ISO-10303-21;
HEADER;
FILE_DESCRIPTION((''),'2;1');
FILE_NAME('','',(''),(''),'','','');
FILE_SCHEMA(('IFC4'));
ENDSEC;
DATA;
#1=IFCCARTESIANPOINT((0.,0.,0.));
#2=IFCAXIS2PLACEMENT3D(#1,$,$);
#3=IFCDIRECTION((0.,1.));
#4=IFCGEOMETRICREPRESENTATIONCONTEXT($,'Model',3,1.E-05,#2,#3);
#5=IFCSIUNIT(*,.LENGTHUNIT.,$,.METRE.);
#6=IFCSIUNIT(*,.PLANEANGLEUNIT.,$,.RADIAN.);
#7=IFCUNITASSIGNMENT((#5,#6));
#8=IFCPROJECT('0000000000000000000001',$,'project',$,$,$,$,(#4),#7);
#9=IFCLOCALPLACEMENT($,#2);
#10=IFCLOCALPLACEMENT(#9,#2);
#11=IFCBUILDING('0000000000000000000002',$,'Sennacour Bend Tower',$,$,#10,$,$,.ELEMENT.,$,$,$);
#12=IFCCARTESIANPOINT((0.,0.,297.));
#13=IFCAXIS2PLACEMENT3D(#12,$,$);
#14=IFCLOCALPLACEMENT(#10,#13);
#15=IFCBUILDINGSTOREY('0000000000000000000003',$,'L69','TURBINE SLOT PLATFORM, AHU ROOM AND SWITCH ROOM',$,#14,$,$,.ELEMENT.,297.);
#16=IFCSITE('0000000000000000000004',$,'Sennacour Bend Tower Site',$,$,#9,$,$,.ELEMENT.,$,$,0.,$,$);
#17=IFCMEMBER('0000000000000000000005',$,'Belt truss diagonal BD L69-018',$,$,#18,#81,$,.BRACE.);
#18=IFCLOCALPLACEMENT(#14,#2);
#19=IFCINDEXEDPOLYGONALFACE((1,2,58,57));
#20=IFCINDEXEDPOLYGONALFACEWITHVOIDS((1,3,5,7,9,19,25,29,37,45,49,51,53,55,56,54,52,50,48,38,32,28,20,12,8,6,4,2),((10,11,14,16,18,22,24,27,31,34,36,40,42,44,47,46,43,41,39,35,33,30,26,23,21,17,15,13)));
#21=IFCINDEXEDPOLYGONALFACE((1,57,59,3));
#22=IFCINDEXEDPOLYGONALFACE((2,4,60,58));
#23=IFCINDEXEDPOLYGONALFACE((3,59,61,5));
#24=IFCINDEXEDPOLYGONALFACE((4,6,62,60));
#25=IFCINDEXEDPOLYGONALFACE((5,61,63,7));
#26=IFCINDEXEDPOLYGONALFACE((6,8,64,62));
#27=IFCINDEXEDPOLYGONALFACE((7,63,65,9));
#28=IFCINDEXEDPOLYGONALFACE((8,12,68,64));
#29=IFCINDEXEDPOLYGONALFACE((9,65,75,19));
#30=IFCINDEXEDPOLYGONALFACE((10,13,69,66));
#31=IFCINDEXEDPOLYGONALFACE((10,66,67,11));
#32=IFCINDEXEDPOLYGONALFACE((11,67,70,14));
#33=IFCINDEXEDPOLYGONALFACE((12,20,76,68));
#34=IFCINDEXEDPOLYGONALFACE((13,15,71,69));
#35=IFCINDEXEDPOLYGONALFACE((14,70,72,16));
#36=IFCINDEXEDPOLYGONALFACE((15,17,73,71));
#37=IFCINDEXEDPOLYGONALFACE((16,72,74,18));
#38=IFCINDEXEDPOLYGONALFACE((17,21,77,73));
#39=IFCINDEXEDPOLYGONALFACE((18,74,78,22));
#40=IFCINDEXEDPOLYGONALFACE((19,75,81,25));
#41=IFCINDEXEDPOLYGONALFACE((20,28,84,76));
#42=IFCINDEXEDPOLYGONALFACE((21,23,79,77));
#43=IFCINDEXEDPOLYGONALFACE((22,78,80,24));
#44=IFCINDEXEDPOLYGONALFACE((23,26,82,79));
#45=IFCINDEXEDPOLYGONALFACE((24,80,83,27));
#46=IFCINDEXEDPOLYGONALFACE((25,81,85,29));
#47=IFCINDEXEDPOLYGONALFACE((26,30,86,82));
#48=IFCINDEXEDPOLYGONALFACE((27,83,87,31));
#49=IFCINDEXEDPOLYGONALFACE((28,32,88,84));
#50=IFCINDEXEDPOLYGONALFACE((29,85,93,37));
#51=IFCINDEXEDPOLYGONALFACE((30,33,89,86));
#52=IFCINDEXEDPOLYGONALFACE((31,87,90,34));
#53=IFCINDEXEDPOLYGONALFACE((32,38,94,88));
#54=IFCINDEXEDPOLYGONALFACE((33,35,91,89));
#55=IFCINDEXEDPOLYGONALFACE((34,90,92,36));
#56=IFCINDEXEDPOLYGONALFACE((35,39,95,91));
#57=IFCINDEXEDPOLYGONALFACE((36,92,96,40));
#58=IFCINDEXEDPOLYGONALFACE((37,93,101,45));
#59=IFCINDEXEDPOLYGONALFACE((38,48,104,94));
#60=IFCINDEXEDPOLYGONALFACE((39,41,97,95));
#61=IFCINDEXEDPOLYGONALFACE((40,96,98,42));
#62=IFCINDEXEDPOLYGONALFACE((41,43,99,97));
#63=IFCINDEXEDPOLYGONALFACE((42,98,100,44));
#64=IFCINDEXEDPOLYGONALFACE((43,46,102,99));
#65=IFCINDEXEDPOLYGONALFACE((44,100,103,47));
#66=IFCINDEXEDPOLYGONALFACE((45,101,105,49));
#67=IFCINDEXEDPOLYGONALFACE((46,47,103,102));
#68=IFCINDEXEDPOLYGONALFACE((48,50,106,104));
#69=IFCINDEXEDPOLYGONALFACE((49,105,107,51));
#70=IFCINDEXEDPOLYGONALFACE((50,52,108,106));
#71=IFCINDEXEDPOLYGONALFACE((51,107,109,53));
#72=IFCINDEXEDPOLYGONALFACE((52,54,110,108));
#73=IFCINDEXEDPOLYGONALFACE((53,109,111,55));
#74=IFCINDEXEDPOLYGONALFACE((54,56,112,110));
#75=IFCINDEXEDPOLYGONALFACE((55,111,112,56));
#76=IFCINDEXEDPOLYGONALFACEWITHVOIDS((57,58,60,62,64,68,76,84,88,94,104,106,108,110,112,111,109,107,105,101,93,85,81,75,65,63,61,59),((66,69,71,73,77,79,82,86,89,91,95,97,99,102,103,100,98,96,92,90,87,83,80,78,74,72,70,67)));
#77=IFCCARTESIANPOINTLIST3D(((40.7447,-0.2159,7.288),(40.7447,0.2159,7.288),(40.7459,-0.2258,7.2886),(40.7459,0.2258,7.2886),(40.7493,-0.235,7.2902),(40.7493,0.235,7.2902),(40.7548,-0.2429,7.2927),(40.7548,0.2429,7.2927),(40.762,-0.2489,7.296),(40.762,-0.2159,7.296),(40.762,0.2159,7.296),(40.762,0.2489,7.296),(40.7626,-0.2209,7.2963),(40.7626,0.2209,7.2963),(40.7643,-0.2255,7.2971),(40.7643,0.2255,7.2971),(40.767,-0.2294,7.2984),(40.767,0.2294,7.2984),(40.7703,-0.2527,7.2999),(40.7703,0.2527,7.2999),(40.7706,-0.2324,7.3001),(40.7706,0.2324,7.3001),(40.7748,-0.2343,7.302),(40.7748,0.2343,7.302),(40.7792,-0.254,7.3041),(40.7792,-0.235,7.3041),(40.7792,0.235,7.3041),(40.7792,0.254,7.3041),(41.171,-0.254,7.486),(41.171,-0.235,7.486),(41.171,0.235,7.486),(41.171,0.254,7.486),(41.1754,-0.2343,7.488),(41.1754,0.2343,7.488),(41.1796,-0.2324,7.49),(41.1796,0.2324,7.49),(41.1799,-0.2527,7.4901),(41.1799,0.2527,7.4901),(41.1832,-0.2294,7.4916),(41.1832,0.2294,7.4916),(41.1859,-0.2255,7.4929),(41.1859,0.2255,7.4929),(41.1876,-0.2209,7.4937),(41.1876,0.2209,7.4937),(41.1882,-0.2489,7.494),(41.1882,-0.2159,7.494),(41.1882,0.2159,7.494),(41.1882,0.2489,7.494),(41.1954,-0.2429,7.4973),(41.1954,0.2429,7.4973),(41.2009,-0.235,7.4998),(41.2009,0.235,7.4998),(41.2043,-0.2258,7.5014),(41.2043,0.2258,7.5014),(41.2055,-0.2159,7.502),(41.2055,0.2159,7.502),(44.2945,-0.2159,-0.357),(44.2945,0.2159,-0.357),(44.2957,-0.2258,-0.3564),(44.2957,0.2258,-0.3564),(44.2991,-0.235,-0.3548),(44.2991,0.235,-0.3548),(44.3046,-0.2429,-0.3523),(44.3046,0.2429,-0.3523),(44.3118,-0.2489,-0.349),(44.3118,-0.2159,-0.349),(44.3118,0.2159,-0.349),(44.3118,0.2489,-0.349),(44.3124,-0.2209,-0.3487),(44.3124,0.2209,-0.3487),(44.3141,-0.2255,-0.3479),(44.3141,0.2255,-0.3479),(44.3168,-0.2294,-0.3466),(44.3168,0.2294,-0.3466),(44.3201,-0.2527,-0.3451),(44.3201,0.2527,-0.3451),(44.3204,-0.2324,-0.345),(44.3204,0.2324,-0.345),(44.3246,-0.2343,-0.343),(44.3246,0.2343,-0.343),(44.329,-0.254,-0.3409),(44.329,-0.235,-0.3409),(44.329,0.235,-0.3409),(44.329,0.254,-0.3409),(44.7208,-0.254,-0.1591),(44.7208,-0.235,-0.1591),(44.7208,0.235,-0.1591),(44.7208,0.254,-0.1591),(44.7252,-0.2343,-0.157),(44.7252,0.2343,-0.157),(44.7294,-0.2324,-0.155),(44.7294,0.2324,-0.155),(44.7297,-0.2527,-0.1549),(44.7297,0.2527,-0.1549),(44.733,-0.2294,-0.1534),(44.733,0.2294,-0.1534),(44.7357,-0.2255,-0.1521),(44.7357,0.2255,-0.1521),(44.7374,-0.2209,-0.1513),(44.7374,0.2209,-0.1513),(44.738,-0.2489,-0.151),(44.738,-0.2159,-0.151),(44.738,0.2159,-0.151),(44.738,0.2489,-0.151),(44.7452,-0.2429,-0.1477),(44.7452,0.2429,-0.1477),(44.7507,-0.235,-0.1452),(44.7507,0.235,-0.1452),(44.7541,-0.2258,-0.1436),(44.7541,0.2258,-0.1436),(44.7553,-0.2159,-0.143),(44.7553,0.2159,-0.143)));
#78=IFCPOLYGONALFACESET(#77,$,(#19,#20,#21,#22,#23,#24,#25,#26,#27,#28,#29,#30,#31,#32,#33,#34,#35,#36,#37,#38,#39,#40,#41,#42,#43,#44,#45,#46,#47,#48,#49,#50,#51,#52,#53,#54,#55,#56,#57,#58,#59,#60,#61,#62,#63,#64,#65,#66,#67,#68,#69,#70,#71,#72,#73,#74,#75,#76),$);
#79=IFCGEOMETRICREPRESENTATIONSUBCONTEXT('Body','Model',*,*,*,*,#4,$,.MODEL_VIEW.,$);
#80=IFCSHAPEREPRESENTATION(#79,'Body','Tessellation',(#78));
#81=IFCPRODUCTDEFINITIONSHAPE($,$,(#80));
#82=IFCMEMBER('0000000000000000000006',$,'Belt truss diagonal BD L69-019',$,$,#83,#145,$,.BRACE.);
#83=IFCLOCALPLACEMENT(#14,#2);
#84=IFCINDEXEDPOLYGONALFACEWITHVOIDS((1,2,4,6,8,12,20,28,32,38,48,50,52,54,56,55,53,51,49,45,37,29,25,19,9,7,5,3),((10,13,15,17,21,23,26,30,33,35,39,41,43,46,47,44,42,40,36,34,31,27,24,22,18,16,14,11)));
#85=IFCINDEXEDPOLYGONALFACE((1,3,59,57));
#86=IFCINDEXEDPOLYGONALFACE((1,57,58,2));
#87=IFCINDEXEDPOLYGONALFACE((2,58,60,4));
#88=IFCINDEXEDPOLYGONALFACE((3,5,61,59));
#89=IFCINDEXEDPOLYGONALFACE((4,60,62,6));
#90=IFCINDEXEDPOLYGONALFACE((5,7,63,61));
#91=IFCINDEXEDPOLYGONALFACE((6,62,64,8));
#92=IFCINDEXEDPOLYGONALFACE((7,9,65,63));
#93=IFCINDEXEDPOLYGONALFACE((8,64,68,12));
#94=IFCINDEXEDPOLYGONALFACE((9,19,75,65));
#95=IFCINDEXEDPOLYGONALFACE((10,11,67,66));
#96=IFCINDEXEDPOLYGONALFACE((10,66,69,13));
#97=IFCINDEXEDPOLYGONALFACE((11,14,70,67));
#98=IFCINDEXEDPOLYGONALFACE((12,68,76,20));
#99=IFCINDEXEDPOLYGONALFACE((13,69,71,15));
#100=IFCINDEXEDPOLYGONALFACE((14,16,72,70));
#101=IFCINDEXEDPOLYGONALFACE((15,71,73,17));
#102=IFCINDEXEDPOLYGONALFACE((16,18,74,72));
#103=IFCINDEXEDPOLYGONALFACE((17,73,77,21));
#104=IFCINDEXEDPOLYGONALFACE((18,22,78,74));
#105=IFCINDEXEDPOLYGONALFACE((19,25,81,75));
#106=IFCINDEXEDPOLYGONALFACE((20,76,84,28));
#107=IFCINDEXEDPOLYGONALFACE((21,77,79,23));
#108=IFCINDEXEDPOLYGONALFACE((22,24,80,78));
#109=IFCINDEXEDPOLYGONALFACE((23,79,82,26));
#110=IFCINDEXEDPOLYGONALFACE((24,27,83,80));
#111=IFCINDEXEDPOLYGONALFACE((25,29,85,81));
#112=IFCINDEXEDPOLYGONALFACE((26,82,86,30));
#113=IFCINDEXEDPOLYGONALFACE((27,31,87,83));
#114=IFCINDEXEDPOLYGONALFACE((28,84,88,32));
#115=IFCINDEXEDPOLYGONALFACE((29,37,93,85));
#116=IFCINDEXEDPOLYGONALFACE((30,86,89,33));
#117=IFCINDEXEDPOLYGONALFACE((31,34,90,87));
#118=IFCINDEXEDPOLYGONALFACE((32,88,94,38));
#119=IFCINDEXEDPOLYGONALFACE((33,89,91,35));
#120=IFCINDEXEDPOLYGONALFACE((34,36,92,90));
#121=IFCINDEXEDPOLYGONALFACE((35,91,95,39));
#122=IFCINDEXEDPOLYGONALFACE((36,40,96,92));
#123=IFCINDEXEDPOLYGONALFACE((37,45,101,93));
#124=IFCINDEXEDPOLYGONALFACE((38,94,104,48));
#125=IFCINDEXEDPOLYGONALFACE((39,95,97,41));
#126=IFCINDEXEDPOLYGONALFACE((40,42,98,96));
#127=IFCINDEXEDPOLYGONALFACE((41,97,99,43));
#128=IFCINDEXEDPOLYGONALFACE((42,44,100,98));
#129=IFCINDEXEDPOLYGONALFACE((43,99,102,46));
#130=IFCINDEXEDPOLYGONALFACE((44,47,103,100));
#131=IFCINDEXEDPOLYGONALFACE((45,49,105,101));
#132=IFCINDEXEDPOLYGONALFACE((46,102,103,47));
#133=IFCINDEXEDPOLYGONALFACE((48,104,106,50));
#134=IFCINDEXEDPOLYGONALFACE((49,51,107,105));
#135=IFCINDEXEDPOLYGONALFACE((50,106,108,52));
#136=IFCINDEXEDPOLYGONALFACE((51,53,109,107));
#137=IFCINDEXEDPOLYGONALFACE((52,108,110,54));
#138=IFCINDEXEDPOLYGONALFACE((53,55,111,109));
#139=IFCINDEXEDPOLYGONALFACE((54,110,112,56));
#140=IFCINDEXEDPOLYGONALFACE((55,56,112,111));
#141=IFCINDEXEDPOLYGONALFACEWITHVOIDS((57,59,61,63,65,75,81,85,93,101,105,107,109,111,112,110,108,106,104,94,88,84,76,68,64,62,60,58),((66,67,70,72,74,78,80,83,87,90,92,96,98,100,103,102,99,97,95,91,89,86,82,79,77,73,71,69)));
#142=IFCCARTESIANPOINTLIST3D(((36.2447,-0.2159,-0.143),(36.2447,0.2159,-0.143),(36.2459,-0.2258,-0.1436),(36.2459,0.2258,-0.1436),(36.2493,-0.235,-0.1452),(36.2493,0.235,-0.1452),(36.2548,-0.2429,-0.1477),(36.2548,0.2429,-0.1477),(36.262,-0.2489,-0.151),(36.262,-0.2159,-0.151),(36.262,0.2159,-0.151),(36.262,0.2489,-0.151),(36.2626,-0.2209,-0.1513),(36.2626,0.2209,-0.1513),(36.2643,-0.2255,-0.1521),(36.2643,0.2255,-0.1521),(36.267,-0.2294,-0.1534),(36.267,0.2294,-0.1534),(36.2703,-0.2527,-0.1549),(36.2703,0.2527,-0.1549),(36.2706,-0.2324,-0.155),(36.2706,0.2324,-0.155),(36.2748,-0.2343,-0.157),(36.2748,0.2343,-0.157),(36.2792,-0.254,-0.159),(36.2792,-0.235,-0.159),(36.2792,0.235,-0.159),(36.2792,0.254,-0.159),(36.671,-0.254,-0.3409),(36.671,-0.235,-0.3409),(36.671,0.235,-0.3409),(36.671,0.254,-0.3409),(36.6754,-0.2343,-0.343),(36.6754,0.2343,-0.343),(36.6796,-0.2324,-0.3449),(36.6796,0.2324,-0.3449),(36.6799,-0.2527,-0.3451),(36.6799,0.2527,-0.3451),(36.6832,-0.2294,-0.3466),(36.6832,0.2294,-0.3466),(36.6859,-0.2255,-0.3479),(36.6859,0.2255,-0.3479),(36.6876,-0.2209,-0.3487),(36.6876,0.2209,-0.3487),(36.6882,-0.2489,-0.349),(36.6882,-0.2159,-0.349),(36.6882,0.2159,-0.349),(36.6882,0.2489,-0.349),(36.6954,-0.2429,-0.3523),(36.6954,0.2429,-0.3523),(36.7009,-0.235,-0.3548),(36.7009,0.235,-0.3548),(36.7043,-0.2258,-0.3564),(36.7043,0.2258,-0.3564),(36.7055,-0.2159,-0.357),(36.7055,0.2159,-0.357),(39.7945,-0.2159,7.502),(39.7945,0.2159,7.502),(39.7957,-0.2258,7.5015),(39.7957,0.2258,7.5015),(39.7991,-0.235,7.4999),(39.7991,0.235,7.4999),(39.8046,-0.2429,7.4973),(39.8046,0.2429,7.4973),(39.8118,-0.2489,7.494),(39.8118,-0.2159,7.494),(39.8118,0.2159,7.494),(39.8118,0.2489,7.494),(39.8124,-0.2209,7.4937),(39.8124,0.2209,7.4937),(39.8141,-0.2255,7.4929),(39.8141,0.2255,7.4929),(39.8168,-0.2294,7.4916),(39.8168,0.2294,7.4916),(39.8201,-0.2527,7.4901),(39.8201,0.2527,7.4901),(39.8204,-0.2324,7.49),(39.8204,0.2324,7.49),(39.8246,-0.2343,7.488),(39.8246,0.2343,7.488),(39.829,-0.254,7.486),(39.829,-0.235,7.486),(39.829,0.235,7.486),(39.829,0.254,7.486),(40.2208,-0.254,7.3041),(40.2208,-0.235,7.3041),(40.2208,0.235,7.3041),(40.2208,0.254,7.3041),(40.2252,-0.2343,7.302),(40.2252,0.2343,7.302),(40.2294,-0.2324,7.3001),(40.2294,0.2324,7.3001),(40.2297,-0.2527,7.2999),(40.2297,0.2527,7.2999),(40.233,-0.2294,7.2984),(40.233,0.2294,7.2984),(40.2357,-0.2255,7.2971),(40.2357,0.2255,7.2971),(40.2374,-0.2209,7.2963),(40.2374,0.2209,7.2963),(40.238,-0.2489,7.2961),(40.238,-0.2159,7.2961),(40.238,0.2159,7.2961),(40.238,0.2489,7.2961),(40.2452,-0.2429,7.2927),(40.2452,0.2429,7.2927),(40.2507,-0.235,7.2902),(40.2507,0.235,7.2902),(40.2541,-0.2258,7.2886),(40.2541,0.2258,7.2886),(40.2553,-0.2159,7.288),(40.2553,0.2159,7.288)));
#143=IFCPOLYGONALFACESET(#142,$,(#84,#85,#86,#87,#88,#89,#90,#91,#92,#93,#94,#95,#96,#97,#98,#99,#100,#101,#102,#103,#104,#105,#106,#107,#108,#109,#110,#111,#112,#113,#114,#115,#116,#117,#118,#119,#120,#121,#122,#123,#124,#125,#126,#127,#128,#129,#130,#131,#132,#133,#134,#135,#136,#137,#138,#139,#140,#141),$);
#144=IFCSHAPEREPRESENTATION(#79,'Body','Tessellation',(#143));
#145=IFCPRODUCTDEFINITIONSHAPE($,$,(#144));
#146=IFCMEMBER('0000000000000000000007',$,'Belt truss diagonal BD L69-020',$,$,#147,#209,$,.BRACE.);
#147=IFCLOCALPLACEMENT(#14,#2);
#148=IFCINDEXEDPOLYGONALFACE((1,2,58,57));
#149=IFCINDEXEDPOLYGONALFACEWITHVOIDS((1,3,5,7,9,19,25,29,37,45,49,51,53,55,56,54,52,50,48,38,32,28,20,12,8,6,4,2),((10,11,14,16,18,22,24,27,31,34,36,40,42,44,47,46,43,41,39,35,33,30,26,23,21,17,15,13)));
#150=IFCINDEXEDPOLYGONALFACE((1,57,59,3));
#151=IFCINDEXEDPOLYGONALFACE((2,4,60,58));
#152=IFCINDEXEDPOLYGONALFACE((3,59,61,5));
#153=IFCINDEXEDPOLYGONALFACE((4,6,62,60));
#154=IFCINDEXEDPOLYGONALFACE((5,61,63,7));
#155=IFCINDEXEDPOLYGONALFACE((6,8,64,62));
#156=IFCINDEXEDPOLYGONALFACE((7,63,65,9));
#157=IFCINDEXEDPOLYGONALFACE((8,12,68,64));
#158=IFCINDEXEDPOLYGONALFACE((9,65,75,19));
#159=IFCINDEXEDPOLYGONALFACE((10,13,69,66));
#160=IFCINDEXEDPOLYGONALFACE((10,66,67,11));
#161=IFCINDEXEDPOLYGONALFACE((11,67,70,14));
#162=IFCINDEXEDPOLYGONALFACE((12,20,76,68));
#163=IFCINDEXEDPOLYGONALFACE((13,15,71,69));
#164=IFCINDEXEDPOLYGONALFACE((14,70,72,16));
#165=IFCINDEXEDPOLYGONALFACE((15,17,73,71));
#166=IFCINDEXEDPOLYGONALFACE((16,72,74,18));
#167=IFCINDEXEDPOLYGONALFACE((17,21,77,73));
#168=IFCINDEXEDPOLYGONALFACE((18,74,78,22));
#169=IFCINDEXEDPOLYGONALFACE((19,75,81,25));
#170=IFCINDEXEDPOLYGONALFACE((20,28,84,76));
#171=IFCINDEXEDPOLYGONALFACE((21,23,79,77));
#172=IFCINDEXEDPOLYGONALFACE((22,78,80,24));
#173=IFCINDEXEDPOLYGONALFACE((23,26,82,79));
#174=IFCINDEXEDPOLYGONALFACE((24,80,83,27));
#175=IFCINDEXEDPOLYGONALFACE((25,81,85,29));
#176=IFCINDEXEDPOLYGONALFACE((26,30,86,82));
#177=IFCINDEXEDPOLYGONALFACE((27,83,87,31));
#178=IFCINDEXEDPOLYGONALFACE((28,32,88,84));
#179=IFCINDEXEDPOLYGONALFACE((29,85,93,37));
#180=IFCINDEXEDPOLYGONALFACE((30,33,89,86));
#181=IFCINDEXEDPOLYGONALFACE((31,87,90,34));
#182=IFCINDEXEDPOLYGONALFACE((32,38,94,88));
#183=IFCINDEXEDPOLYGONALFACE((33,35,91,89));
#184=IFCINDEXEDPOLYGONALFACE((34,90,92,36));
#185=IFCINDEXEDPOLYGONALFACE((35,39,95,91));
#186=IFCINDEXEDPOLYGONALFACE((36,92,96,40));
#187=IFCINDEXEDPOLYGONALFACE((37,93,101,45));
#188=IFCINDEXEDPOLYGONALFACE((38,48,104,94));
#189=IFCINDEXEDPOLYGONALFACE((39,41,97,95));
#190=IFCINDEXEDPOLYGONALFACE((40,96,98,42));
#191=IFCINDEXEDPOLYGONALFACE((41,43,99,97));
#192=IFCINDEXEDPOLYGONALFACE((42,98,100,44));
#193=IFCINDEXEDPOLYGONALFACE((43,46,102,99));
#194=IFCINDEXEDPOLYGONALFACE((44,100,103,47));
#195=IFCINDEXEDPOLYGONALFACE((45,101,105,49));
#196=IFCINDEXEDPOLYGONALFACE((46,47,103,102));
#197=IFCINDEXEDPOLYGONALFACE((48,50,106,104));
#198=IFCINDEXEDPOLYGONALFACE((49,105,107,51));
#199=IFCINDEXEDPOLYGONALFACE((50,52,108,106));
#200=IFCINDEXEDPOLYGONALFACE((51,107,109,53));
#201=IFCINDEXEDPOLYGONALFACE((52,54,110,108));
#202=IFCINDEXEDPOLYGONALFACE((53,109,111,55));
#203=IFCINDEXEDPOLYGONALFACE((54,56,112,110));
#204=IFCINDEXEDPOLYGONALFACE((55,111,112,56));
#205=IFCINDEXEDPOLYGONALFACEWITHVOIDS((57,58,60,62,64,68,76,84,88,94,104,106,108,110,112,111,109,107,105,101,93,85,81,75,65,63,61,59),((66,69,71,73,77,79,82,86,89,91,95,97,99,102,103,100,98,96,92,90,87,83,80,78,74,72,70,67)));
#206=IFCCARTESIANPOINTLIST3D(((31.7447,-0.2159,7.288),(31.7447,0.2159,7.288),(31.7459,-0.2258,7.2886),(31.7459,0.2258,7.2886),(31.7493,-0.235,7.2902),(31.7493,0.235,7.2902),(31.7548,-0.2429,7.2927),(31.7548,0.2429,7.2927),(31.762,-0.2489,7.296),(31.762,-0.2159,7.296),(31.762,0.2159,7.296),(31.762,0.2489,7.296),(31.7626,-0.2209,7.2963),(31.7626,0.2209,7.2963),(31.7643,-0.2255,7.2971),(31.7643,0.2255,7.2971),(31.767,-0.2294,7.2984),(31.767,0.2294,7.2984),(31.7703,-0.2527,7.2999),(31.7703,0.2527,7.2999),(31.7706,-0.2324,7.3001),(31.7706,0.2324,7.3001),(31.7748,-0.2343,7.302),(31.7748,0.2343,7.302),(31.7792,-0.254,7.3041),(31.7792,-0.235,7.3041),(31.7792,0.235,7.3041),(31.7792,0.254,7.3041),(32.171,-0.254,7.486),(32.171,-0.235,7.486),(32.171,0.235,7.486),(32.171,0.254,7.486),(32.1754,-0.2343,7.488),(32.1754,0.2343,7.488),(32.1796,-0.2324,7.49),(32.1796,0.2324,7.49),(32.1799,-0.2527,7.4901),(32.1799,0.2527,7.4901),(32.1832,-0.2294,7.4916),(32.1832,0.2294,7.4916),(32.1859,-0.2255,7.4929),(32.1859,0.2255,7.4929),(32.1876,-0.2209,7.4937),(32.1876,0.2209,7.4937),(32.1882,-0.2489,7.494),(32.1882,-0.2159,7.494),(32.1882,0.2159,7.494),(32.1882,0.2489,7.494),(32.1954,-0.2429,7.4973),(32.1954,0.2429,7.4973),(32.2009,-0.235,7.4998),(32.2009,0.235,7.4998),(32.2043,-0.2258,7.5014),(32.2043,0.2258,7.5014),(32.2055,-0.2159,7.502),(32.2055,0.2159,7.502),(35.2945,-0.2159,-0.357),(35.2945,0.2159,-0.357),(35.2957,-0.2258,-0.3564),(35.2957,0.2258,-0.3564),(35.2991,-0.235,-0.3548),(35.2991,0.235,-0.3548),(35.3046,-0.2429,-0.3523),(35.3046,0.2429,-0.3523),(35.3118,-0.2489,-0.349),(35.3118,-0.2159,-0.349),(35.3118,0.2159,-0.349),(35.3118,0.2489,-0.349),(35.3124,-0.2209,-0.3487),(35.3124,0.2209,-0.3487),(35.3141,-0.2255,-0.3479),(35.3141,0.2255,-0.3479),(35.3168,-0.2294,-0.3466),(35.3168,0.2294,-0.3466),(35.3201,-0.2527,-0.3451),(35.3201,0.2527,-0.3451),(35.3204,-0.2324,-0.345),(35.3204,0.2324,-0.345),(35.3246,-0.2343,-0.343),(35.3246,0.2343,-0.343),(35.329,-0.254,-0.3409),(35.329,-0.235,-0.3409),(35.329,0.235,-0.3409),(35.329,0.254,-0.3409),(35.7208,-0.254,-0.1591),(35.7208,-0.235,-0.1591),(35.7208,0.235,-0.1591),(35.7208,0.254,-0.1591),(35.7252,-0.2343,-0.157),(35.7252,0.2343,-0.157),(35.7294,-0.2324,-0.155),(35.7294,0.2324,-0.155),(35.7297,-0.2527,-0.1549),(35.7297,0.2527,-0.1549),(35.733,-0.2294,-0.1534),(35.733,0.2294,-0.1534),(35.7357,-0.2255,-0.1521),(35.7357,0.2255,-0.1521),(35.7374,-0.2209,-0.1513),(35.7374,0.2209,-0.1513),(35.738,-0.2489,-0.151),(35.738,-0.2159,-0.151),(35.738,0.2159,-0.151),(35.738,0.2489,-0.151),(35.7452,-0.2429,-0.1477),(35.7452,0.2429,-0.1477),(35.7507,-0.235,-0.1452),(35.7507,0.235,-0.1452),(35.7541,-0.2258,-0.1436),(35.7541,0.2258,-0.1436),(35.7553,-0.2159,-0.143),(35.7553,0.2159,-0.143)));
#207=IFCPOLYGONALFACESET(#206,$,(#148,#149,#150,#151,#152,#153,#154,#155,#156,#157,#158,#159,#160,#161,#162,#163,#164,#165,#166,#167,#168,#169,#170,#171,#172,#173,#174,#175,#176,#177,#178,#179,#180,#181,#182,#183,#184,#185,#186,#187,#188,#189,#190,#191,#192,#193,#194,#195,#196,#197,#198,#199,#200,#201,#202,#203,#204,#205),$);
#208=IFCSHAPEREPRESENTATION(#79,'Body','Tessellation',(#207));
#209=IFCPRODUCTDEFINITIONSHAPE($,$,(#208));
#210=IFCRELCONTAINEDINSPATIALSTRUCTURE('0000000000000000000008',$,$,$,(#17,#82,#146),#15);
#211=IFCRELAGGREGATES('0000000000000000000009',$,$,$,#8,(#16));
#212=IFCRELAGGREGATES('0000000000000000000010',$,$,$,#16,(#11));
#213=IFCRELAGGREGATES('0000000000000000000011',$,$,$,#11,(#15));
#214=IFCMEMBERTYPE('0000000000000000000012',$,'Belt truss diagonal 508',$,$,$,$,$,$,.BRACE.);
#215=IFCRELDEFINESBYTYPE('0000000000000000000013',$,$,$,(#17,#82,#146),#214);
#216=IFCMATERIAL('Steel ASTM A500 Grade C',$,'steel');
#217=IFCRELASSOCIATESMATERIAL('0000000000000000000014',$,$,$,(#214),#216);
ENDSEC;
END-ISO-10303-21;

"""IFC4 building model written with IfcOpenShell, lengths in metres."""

from ifc_helpers import new_model, si_unit, direction, frame, origin, origin_2d, place, context, subcontext, project, spatial, hollow_rectangle, extrude, material, material_profile, profile_set, type_object, element, save


model = new_model("IFC4")

# Units and contexts
model_context = context("Model", 3, precision=1e-05, world=origin(), true_north=direction((0.0, 1.0)))
body_context = subcontext(model_context, "Body", "Model", "MODEL_VIEW")
ifc_project = project(units=[si_unit("LENGTHUNIT", "METRE"), si_unit("PLANEANGLEUNIT", "RADIAN")], contexts=[model_context])

# Site, building, storey
site_placement = place(None, origin())
site = spatial("IfcSite", under=ifc_project, at=site_placement, Name="Sennacour Bend Tower Site", CompositionType="ELEMENT", RefElevation=0.0)
building_placement = place(site_placement, origin())
building = spatial("IfcBuilding", under=site, at=building_placement, Name="Sennacour Bend Tower", CompositionType="ELEMENT")
storey_placement = place(building_placement, frame((0.0, 0.0, 297.0)))
storey = spatial("IfcBuildingStorey", under=building, at=storey_placement, Name="L69", Description="TURBINE SLOT PLATFORM, AHU ROOM AND SWITCH ROOM", CompositionType="ELEMENT", Elevation=297.0)

# Members
ifc_material_1 = material(Name="Steel ASTM A500 Grade C", Category="steel")
ifc_material_profile_1 = material_profile(ifc_material_1, hollow_rectangle(XDim=0.5081, YDim=0.5081, WallThickness=0.019, InnerFilletRadius=0.019, OuterFilletRadius=0.0381, at=origin_2d()), Name="Steel ASTM A500 Grade C", Category="steel")
ifc_profile_set_1 = profile_set([ifc_material_profile_1], Name="Steel ASTM A500 Grade C")
member_type_1 = type_object("IfcMemberType", Name="Belt truss diagonal 508", PredefinedType="BRACE", material=ifc_profile_set_1)
for number, where, z_axis, x_axis, name in (
    (1, (44.5249, 0.0, -0.25), (-0.421144, 0.0, 0.906994), (0.0, -1.0, 0.0), "Belt truss diagonal BD L69-018"),
    (2, (40.0249, 0.0, 7.395), (-0.421144, 0.0, -0.906994), (0.0, -1.0, 0.0), "Belt truss diagonal BD L69-019"),
    (3, (35.5249, 0.0, -0.25), (-0.421144, 0.0, 0.906994), (0.0, -1.0, 0.0), "Belt truss diagonal BD L69-020"),
):
    element("IfcMember", number, at=place(storey_placement, frame(where, z_axis=z_axis, x_axis=x_axis)), inside=storey, type_object=member_type_1, Name=name, PredefinedType="BRACE", context=body_context, shape_type="SweptSolid", body=[
        extrude(hollow_rectangle(XDim=0.5081, YDim=0.5081, WallThickness=0.019, InnerFilletRadius=0.019, OuterFilletRadius=0.0381, at=origin_2d()), origin(), (0.0, 0.0, 1.0), 8.429),
    ])

save(model, "model.ifc")
